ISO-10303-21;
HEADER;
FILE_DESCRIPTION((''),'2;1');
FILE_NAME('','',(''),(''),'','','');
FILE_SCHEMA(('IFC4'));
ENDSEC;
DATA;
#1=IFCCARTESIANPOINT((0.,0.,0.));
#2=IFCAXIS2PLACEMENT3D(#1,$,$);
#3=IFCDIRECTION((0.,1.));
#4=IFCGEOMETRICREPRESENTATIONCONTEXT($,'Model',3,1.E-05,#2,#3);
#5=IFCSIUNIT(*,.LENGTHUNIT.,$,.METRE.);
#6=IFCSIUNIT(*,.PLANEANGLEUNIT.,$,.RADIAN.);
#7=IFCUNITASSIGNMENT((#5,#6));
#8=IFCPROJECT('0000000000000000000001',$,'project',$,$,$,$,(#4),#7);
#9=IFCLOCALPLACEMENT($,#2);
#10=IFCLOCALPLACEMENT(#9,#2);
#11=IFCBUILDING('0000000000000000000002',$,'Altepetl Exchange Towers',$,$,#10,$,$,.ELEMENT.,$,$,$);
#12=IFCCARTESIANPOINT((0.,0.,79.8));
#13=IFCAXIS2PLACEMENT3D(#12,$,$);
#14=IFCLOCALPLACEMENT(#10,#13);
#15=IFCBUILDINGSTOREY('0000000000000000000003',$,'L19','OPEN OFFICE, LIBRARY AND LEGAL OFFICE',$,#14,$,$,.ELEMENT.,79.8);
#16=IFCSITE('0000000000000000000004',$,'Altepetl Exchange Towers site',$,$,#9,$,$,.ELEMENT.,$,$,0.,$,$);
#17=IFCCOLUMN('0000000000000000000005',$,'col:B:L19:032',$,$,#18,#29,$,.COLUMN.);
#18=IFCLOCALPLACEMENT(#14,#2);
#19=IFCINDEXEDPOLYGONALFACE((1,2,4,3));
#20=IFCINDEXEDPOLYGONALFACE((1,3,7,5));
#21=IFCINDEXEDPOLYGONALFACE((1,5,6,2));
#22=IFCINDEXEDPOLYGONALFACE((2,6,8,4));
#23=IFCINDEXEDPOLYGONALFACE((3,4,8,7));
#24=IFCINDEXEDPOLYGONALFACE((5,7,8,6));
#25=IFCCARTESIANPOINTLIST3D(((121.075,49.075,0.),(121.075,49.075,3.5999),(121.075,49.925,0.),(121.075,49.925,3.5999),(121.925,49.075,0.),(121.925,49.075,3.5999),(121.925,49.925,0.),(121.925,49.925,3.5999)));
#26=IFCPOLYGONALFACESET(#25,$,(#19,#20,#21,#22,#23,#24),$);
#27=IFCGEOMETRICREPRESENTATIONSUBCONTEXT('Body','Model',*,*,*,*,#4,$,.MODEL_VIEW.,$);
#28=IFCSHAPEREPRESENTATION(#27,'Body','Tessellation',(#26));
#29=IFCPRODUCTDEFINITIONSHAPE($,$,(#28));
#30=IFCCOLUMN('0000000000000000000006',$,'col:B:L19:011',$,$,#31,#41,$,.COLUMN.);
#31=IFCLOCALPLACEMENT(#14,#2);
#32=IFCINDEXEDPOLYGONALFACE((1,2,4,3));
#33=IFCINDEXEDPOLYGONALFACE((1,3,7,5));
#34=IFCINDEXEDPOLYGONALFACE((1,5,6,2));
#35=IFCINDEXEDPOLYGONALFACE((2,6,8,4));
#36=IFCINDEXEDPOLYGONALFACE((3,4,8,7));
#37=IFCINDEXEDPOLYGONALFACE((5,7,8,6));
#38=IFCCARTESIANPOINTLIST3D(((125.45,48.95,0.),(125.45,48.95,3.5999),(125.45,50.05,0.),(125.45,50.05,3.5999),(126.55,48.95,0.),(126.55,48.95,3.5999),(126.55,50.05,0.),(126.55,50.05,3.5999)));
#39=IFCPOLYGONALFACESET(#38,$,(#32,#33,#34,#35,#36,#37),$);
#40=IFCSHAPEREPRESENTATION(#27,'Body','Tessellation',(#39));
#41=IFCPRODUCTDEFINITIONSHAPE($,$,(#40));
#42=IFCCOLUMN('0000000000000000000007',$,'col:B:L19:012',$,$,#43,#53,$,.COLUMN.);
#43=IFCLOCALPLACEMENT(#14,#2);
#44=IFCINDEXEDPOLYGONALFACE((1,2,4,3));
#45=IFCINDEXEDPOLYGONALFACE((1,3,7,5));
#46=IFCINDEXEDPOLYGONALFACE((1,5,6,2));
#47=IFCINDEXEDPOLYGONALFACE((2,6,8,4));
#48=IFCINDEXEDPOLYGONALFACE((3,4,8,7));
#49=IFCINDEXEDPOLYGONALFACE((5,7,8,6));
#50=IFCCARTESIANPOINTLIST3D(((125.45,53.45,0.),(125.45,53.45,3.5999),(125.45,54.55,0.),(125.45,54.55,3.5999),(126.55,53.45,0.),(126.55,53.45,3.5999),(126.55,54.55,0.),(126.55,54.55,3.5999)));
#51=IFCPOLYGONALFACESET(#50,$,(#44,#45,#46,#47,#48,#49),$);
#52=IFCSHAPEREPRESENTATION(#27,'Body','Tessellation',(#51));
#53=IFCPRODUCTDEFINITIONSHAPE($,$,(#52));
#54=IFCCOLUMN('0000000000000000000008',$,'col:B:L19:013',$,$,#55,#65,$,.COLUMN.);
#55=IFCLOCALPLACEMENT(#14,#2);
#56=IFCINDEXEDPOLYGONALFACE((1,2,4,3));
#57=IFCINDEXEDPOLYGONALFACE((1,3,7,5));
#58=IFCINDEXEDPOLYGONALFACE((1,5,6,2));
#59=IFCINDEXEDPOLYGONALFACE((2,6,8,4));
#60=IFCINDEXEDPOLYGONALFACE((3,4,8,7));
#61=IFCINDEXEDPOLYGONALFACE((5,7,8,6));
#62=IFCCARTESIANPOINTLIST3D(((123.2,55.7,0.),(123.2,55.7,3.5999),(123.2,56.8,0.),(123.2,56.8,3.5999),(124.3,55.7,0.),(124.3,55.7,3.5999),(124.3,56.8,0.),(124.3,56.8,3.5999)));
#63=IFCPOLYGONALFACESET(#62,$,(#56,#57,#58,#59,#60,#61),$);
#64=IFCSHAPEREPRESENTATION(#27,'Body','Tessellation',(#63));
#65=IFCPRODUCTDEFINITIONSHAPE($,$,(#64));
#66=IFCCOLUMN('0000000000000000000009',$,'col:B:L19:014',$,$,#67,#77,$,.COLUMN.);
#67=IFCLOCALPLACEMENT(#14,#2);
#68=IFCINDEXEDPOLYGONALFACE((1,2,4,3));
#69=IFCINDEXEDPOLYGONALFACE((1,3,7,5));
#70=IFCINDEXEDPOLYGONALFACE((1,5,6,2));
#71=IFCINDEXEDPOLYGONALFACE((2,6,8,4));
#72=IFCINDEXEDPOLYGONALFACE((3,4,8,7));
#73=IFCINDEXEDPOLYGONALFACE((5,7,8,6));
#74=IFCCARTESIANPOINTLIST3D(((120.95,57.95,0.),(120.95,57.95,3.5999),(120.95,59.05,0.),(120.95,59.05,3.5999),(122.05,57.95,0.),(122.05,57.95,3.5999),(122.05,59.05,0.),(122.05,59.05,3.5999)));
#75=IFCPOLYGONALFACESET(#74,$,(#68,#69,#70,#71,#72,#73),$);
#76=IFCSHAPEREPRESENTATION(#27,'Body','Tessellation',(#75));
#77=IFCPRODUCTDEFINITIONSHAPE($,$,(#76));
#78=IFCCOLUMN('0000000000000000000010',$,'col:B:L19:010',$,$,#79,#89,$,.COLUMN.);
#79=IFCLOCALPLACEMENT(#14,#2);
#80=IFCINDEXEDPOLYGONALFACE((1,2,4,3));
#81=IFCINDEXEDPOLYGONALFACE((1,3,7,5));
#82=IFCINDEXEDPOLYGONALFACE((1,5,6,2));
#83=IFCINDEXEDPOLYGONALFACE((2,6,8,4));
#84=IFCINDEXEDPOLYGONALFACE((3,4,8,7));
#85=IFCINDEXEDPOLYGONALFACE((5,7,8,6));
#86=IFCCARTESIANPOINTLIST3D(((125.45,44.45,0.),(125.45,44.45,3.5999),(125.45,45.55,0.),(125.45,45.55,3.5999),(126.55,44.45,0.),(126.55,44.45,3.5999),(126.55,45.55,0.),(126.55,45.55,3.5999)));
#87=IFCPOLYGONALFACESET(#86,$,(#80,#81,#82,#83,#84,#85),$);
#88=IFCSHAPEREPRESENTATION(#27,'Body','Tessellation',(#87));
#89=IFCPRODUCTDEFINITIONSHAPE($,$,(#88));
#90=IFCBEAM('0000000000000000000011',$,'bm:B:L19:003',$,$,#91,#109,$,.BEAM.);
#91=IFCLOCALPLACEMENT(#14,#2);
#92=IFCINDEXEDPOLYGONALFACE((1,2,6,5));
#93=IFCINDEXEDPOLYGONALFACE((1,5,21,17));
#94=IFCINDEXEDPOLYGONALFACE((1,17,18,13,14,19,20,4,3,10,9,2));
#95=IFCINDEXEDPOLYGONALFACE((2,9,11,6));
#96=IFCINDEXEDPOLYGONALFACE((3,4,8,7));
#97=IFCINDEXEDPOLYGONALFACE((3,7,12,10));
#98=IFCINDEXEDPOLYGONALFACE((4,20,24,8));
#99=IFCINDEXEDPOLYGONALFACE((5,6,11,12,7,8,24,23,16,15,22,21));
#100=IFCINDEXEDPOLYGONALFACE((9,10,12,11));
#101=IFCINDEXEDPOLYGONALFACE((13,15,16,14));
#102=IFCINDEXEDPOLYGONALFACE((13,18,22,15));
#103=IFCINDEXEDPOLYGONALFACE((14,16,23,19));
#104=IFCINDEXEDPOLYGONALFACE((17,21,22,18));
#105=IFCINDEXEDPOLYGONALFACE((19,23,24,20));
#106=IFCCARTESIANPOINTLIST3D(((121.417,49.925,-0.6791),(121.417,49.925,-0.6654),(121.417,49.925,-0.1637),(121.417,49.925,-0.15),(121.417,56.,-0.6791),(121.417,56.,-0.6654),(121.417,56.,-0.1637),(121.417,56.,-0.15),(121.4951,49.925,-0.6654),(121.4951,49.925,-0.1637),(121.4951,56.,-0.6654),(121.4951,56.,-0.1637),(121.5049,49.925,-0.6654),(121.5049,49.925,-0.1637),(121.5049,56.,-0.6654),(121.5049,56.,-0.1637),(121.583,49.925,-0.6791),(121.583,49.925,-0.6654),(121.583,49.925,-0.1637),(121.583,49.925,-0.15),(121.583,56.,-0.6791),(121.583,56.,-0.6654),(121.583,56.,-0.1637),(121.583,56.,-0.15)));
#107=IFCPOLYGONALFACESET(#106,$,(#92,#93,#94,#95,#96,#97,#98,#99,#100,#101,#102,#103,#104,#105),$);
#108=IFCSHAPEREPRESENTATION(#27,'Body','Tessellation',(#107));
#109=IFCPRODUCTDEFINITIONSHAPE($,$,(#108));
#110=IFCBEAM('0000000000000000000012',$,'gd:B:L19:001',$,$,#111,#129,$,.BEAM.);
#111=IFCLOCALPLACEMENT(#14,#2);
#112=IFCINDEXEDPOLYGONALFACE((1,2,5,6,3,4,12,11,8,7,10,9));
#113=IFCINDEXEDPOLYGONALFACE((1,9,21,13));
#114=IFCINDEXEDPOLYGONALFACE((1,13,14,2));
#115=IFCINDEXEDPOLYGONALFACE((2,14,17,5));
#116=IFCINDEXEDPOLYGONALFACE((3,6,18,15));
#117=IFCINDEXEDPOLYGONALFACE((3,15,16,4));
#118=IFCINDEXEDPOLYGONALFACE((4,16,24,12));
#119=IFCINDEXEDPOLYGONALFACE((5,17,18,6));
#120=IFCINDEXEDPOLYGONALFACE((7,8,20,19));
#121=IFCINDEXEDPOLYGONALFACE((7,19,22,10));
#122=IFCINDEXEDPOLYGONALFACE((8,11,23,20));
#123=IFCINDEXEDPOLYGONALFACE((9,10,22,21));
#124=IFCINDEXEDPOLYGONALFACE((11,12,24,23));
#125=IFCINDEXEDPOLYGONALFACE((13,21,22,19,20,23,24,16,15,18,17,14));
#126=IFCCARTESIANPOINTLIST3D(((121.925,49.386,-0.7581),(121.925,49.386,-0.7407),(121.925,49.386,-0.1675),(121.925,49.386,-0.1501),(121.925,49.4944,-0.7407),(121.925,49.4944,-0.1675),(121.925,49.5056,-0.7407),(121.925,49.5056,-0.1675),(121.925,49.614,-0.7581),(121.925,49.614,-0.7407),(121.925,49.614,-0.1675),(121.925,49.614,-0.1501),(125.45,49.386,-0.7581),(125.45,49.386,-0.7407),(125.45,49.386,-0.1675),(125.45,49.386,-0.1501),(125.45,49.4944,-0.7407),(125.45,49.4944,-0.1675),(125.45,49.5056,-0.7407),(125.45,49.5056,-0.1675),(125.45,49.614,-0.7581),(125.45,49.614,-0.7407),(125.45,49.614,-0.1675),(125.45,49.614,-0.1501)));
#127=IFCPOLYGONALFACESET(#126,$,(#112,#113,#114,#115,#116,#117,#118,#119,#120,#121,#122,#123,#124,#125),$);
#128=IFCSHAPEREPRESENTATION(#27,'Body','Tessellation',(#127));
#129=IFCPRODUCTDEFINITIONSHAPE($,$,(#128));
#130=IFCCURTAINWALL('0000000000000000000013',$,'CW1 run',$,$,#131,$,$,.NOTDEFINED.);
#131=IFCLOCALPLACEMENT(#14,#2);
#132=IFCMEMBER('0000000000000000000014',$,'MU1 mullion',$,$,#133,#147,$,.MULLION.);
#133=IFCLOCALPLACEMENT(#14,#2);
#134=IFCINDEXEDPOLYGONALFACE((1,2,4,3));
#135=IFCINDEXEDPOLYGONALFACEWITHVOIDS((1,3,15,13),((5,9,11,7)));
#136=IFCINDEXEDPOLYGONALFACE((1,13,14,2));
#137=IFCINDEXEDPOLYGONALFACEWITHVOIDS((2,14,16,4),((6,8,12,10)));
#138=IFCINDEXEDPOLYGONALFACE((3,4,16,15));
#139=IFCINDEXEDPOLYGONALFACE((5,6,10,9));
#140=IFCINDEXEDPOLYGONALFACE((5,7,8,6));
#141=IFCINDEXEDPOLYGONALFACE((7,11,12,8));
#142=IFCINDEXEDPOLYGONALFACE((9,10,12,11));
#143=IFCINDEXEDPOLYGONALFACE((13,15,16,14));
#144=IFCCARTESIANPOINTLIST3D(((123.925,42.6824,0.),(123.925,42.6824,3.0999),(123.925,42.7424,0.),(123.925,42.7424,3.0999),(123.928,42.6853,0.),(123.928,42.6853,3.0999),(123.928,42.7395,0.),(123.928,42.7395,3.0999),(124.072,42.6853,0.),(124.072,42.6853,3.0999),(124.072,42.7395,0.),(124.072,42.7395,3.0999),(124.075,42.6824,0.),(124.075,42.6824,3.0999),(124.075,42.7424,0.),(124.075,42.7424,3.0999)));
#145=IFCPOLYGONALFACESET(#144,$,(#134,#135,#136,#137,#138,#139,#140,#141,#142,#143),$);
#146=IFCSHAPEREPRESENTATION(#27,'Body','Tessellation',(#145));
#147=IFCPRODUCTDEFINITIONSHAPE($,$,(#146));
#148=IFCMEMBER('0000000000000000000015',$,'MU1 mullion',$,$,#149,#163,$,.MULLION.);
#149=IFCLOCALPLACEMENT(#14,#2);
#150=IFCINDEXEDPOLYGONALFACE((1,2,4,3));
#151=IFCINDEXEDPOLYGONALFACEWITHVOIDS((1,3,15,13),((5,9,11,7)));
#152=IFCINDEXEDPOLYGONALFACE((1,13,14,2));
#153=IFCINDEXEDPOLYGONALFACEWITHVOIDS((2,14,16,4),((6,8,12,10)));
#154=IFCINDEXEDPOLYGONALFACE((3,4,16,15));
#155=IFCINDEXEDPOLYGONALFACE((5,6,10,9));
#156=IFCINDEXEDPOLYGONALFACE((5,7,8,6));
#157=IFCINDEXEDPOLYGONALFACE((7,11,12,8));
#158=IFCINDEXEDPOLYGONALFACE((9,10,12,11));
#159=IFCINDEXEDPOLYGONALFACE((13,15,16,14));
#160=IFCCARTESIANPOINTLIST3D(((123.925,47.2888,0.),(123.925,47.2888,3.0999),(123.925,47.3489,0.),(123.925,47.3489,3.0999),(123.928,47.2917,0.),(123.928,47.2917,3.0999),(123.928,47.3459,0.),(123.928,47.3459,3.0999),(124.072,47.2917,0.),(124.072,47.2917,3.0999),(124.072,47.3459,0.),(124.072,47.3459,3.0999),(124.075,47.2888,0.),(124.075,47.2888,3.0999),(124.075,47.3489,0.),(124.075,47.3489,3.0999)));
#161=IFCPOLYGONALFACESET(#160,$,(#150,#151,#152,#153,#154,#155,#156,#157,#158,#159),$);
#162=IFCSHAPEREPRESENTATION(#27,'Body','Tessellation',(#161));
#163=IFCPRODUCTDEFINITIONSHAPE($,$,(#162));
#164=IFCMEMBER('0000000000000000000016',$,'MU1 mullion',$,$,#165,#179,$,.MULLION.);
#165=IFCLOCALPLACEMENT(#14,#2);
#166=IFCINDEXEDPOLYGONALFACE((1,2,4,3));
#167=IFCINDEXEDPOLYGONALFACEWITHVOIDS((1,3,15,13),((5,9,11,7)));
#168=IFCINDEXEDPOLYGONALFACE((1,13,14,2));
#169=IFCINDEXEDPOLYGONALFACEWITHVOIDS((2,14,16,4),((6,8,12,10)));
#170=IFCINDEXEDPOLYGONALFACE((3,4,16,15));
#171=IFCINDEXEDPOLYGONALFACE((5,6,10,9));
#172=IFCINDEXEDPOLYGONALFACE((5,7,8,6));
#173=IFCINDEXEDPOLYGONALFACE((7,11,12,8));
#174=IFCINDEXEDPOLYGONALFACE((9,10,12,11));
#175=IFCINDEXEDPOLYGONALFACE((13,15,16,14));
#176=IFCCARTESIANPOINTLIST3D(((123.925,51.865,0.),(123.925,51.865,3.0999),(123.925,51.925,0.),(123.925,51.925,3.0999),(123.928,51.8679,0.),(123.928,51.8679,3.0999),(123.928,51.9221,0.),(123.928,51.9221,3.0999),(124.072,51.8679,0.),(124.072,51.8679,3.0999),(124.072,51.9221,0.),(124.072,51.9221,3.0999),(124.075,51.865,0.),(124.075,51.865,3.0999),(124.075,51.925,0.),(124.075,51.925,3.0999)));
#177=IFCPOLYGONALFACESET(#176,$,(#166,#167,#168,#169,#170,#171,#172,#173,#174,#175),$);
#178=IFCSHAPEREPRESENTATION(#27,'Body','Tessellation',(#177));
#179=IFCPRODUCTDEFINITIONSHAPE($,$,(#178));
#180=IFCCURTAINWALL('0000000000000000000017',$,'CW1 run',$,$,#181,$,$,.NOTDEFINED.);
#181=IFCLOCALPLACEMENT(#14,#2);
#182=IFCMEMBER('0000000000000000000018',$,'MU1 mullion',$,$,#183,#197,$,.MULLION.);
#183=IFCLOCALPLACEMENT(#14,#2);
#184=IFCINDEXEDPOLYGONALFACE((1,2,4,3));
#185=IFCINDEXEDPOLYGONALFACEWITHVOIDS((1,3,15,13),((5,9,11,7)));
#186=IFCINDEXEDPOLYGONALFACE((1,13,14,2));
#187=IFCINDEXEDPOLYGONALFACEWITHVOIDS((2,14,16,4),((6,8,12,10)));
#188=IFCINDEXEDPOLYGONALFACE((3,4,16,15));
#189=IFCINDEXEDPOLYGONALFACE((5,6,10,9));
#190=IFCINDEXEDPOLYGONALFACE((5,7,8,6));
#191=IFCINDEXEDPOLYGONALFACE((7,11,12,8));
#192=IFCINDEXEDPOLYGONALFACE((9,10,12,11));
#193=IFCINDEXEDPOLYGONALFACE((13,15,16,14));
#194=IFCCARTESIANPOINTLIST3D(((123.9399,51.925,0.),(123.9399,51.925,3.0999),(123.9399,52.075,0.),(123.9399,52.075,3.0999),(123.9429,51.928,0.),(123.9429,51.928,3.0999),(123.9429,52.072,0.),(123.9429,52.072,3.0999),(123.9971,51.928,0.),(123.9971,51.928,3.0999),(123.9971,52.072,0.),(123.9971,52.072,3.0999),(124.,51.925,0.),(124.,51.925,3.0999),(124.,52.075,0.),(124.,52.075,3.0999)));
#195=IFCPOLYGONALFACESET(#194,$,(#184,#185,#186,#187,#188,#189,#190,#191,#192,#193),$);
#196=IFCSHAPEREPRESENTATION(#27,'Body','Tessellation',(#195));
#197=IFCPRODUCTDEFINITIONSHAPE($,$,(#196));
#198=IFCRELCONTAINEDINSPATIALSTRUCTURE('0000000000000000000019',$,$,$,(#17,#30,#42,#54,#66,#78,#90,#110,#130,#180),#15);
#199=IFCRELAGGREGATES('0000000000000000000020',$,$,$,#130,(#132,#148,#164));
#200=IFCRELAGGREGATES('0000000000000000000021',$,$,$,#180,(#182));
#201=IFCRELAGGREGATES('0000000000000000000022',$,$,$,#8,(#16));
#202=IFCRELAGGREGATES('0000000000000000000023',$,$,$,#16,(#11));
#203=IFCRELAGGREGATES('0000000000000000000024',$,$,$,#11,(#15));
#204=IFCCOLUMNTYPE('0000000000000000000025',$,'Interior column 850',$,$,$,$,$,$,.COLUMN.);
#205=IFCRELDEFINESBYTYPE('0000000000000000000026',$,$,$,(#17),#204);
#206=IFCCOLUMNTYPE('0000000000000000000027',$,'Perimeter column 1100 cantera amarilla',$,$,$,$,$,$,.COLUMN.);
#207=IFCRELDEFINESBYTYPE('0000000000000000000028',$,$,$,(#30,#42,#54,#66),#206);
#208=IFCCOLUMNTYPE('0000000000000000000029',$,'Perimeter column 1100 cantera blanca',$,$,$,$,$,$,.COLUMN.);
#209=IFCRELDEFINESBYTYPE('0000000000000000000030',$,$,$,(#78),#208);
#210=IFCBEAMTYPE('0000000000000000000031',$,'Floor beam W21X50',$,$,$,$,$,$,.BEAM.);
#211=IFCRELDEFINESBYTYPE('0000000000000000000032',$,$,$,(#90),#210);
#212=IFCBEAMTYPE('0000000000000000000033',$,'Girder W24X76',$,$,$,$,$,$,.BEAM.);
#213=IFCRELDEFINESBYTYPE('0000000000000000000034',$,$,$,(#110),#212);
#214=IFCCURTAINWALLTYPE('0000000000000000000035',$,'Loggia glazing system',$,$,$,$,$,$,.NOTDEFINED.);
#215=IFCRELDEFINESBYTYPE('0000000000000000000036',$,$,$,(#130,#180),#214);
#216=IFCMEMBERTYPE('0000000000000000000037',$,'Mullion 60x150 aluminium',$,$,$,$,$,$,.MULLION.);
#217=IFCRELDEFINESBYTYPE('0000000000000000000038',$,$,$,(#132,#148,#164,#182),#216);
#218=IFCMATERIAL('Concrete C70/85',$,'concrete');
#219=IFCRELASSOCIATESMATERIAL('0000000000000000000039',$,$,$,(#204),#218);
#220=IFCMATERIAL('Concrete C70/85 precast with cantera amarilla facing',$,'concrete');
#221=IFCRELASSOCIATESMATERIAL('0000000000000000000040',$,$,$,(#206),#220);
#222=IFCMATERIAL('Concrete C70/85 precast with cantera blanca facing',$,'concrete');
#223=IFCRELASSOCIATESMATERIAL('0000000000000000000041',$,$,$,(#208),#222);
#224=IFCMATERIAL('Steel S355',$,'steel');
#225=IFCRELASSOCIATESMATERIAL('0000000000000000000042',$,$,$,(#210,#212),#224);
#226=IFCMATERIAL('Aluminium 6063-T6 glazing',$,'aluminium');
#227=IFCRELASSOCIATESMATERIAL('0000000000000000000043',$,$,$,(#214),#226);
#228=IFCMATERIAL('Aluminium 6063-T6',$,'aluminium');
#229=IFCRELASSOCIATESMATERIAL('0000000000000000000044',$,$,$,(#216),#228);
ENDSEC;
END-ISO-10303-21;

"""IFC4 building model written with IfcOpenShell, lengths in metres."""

from ifc_helpers import new_model, si_unit, direction, frame, origin, origin_2d, place, context, subcontext, project, spatial, rectangle, hollow_rectangle, i_section, extrude, material, material_profile, profile_set, type_object, element, aggregate, save


model = new_model("IFC4")

# Units and contexts
model_context = context("Model", 3, precision=1e-05, world=origin(), true_north=direction((0.0, 1.0)))
body_context = subcontext(model_context, "Body", "Model", "MODEL_VIEW")
ifc_project = project(units=[si_unit("LENGTHUNIT", "METRE"), si_unit("PLANEANGLEUNIT", "RADIAN")], contexts=[model_context])

# Site, building, storey
site_placement = place(None, origin())
site = spatial("IfcSite", under=ifc_project, at=site_placement, Name="Altepetl Exchange Towers site", CompositionType="ELEMENT", RefElevation=0.0)
building_placement = place(site_placement, origin())
building = spatial("IfcBuilding", under=site, at=building_placement, Name="Altepetl Exchange Towers", CompositionType="ELEMENT")
storey_placement = place(building_placement, frame((0.0, 0.0, 79.8)))
storey = spatial("IfcBuildingStorey", under=building, at=storey_placement, Name="L19", Description="OPEN OFFICE, LIBRARY AND LEGAL OFFICE", CompositionType="ELEMENT", Elevation=79.8)

# Columns
ifc_material_1 = material(Name="Concrete C70/85", Category="concrete")
ifc_material_profile_1 = material_profile(ifc_material_1, rectangle(XDim=0.8501, YDim=0.8501, at=origin_2d()), Name="850 x 850")
ifc_profile_set_1 = profile_set([ifc_material_profile_1], Name="Concrete C70/85")
column_type_1 = type_object("IfcColumnType", Name="Interior column 850", PredefinedType="COLUMN", material=ifc_profile_set_1)
column_1_placement = place(storey_placement, frame((121.5, 49.5, 0.0)))
element("IfcColumn", 1, at=column_1_placement, inside=storey, type_object=column_type_1, Name="col:B:L19:032", PredefinedType="COLUMN", context=body_context, shape_type="SweptSolid", body=[
    extrude(rectangle(XDim=0.8501, YDim=0.8501, at=origin_2d()), origin(), (0.0, 0.0, 1.0), 3.5999),
])
ifc_material_2 = material(Name="Concrete C70/85 precast with cantera amarilla facing", Category="concrete")
ifc_material_profile_2 = material_profile(ifc_material_2, rectangle(XDim=1.1001, YDim=1.1001, at=origin_2d()), Name="1100 x 1100")
ifc_profile_set_2 = profile_set([ifc_material_profile_2], Name="Concrete C70/85 precast with cantera amarilla facing")
column_type_2 = type_object("IfcColumnType", Name="Perimeter column 1100 cantera amarilla", PredefinedType="COLUMN", material=ifc_profile_set_2)
for number, where, name in (
    (2, (126.0, 49.5, 0.0), "col:B:L19:011"),
    (3, (126.0, 54.0, 0.0), "col:B:L19:012"),
    (4, (123.75, 56.25, 0.0), "col:B:L19:013"),
    (5, (121.5, 58.5, 0.0), "col:B:L19:014"),
):
    element("IfcColumn", number, at=place(storey_placement, frame(where)), inside=storey, type_object=column_type_2, Name=name, PredefinedType="COLUMN", context=body_context, shape_type="SweptSolid", body=[
        extrude(rectangle(XDim=1.1001, YDim=1.1001, at=origin_2d()), origin(), (0.0, 0.0, 1.0), 3.5999),
    ])
ifc_material_3 = material(Name="Concrete C70/85 precast with cantera blanca facing", Category="concrete")
ifc_material_profile_3 = material_profile(ifc_material_3, rectangle(XDim=1.1001, YDim=1.1001, at=origin_2d()), Name="1100 x 1100")
ifc_profile_set_3 = profile_set([ifc_material_profile_3], Name="Concrete C70/85 precast with cantera blanca facing")
column_type_3 = type_object("IfcColumnType", Name="Perimeter column 1100 cantera blanca", PredefinedType="COLUMN", material=ifc_profile_set_3)
column_2_placement = place(storey_placement, frame((126.0, 45.0, 0.0)))
element("IfcColumn", 6, at=column_2_placement, inside=storey, type_object=column_type_3, Name="col:B:L19:010", PredefinedType="COLUMN", context=body_context, shape_type="SweptSolid", body=[
    extrude(rectangle(XDim=1.1001, YDim=1.1001, at=origin_2d()), origin(), (0.0, 0.0, 1.0), 3.5999),
])

# Beams
ifc_material_4 = material(Name="Steel S355", Category="steel")
ifc_material_profile_4 = material_profile(ifc_material_4, i_section(OverallWidth=0.166, OverallDepth=0.5291, WebThickness=0.0098, FlangeThickness=0.0137, at=origin_2d()), Name="W21X50")
ifc_profile_set_4 = profile_set([ifc_material_profile_4], Name="Steel S355")
beam_type_1 = type_object("IfcBeamType", Name="Floor beam W21X50", PredefinedType="BEAM", material=ifc_profile_set_4)
beam_1_placement = place(storey_placement, frame((121.5, 49.925, -0.4146), z_axis=(0.0, 1.0, 0.0), x_axis=(-1.0, 0.0, 0.0)))
element("IfcBeam", 7, at=beam_1_placement, inside=storey, type_object=beam_type_1, Name="bm:B:L19:003", PredefinedType="BEAM", context=body_context, shape_type="SweptSolid", body=[
    extrude(i_section(OverallWidth=0.166, OverallDepth=0.5291, WebThickness=0.0098, FlangeThickness=0.0137, at=origin_2d()), origin(), (0.0, 0.0, 1.0), 6.075),
])
ifc_material_profile_5 = material_profile(ifc_material_4, i_section(OverallWidth=0.228, OverallDepth=0.6079, WebThickness=0.0112, FlangeThickness=0.0173, at=origin_2d()), Name="W24X76")
ifc_profile_set_5 = profile_set([ifc_material_profile_5], Name="Steel S355")
beam_type_2 = type_object("IfcBeamType", Name="Girder W24X76", PredefinedType="BEAM", material=ifc_profile_set_5)
beam_2_placement = place(storey_placement, frame((121.925, 49.5, -0.4541), z_axis=(1.0, 0.0, 0.0), x_axis=(0.0, 1.0, 0.0)))
element("IfcBeam", 8, at=beam_2_placement, inside=storey, type_object=beam_type_2, Name="gd:B:L19:001", PredefinedType="BEAM", context=body_context, shape_type="SweptSolid", body=[
    extrude(i_section(OverallWidth=0.228, OverallDepth=0.6079, WebThickness=0.0112, FlangeThickness=0.0173, at=origin_2d()), origin(), (0.0, 0.0, 1.0), 3.5249),
])

# Curtain walls, members
ifc_material_5 = material(Name="Aluminium 6063-T6 glazing", Category="aluminium")
curtain_wall_type = type_object("IfcCurtainWallType", Name="Loggia glazing system", PredefinedType="NOTDEFINED", material=ifc_material_5)
curtain_wall_1_placement = place(storey_placement, origin())
curtain_wall_1 = element("IfcCurtainWall", 9, at=curtain_wall_1_placement, inside=storey, type_object=curtain_wall_type, Name="CW1 run", PredefinedType="NOTDEFINED")
ifc_material_6 = material(Name="Aluminium 6063-T6", Category="aluminium")
ifc_material_profile_6 = material_profile(ifc_material_6, hollow_rectangle(XDim=0.0601, YDim=0.1499, WallThickness=0.0029, at=origin_2d()), Name="Mullion 60x150 aluminium")
ifc_profile_set_6 = profile_set([ifc_material_profile_6], Name="Aluminium 6063-T6")
member_type = type_object("IfcMemberType", Name="Mullion 60x150 aluminium", PredefinedType="MULLION", material=ifc_profile_set_6)
member_1_placement = place(storey_placement, frame((124.0, 42.7124, 0.0), z_axis=(0.0, 0.0, 1.0), x_axis=(0.0, 1.0, 0.0)))
member_1 = element("IfcMember", 10, at=member_1_placement, type_object=member_type, Name="MU1 mullion", PredefinedType="MULLION", context=body_context, shape_type="SweptSolid", body=[
    extrude(hollow_rectangle(XDim=0.0601, YDim=0.1499, WallThickness=0.0029, at=origin_2d()), origin(), (0.0, 0.0, 1.0), 3.0999),
])
member_2_placement = place(storey_placement, frame((124.0, 47.3188, 0.0), z_axis=(0.0, 0.0, 1.0), x_axis=(0.0, 1.0, 0.0)))
member_2 = element("IfcMember", 11, at=member_2_placement, type_object=member_type, Name="MU1 mullion", PredefinedType="MULLION", context=body_context, shape_type="SweptSolid", body=[
    extrude(hollow_rectangle(XDim=0.0601, YDim=0.1499, WallThickness=0.0029, at=origin_2d()), origin(), (0.0, 0.0, 1.0), 3.0999),
])
member_3_placement = place(storey_placement, frame((124.0, 51.895, 0.0), z_axis=(0.0, 0.0, 1.0), x_axis=(0.0, 1.0, 0.0)))
member_3 = element("IfcMember", 12, at=member_3_placement, type_object=member_type, Name="MU1 mullion", PredefinedType="MULLION", context=body_context, shape_type="SweptSolid", body=[
    extrude(hollow_rectangle(XDim=0.0601, YDim=0.1499, WallThickness=0.0029, at=origin_2d()), origin(), (0.0, 0.0, 1.0), 3.0999),
])
curtain_wall_2_placement = place(storey_placement, origin())
curtain_wall_2 = element("IfcCurtainWall", 13, at=curtain_wall_2_placement, inside=storey, type_object=curtain_wall_type, Name="CW1 run", PredefinedType="NOTDEFINED")
member_4_placement = place(storey_placement, frame((123.97, 52.0, 0.0), z_axis=(0.0, 0.0, 1.0), x_axis=(-1.0, 0.0, 0.0)))
member_4 = element("IfcMember", 14, at=member_4_placement, type_object=member_type, Name="MU1 mullion", PredefinedType="MULLION", context=body_context, shape_type="SweptSolid", body=[
    extrude(hollow_rectangle(XDim=0.0601, YDim=0.1499, WallThickness=0.0029, at=origin_2d()), origin(), (0.0, 0.0, 1.0), 3.0999),
])

aggregate(curtain_wall_1, [member_1, member_2, member_3])
aggregate(curtain_wall_2, [member_4])

save(model, "model.ifc")
